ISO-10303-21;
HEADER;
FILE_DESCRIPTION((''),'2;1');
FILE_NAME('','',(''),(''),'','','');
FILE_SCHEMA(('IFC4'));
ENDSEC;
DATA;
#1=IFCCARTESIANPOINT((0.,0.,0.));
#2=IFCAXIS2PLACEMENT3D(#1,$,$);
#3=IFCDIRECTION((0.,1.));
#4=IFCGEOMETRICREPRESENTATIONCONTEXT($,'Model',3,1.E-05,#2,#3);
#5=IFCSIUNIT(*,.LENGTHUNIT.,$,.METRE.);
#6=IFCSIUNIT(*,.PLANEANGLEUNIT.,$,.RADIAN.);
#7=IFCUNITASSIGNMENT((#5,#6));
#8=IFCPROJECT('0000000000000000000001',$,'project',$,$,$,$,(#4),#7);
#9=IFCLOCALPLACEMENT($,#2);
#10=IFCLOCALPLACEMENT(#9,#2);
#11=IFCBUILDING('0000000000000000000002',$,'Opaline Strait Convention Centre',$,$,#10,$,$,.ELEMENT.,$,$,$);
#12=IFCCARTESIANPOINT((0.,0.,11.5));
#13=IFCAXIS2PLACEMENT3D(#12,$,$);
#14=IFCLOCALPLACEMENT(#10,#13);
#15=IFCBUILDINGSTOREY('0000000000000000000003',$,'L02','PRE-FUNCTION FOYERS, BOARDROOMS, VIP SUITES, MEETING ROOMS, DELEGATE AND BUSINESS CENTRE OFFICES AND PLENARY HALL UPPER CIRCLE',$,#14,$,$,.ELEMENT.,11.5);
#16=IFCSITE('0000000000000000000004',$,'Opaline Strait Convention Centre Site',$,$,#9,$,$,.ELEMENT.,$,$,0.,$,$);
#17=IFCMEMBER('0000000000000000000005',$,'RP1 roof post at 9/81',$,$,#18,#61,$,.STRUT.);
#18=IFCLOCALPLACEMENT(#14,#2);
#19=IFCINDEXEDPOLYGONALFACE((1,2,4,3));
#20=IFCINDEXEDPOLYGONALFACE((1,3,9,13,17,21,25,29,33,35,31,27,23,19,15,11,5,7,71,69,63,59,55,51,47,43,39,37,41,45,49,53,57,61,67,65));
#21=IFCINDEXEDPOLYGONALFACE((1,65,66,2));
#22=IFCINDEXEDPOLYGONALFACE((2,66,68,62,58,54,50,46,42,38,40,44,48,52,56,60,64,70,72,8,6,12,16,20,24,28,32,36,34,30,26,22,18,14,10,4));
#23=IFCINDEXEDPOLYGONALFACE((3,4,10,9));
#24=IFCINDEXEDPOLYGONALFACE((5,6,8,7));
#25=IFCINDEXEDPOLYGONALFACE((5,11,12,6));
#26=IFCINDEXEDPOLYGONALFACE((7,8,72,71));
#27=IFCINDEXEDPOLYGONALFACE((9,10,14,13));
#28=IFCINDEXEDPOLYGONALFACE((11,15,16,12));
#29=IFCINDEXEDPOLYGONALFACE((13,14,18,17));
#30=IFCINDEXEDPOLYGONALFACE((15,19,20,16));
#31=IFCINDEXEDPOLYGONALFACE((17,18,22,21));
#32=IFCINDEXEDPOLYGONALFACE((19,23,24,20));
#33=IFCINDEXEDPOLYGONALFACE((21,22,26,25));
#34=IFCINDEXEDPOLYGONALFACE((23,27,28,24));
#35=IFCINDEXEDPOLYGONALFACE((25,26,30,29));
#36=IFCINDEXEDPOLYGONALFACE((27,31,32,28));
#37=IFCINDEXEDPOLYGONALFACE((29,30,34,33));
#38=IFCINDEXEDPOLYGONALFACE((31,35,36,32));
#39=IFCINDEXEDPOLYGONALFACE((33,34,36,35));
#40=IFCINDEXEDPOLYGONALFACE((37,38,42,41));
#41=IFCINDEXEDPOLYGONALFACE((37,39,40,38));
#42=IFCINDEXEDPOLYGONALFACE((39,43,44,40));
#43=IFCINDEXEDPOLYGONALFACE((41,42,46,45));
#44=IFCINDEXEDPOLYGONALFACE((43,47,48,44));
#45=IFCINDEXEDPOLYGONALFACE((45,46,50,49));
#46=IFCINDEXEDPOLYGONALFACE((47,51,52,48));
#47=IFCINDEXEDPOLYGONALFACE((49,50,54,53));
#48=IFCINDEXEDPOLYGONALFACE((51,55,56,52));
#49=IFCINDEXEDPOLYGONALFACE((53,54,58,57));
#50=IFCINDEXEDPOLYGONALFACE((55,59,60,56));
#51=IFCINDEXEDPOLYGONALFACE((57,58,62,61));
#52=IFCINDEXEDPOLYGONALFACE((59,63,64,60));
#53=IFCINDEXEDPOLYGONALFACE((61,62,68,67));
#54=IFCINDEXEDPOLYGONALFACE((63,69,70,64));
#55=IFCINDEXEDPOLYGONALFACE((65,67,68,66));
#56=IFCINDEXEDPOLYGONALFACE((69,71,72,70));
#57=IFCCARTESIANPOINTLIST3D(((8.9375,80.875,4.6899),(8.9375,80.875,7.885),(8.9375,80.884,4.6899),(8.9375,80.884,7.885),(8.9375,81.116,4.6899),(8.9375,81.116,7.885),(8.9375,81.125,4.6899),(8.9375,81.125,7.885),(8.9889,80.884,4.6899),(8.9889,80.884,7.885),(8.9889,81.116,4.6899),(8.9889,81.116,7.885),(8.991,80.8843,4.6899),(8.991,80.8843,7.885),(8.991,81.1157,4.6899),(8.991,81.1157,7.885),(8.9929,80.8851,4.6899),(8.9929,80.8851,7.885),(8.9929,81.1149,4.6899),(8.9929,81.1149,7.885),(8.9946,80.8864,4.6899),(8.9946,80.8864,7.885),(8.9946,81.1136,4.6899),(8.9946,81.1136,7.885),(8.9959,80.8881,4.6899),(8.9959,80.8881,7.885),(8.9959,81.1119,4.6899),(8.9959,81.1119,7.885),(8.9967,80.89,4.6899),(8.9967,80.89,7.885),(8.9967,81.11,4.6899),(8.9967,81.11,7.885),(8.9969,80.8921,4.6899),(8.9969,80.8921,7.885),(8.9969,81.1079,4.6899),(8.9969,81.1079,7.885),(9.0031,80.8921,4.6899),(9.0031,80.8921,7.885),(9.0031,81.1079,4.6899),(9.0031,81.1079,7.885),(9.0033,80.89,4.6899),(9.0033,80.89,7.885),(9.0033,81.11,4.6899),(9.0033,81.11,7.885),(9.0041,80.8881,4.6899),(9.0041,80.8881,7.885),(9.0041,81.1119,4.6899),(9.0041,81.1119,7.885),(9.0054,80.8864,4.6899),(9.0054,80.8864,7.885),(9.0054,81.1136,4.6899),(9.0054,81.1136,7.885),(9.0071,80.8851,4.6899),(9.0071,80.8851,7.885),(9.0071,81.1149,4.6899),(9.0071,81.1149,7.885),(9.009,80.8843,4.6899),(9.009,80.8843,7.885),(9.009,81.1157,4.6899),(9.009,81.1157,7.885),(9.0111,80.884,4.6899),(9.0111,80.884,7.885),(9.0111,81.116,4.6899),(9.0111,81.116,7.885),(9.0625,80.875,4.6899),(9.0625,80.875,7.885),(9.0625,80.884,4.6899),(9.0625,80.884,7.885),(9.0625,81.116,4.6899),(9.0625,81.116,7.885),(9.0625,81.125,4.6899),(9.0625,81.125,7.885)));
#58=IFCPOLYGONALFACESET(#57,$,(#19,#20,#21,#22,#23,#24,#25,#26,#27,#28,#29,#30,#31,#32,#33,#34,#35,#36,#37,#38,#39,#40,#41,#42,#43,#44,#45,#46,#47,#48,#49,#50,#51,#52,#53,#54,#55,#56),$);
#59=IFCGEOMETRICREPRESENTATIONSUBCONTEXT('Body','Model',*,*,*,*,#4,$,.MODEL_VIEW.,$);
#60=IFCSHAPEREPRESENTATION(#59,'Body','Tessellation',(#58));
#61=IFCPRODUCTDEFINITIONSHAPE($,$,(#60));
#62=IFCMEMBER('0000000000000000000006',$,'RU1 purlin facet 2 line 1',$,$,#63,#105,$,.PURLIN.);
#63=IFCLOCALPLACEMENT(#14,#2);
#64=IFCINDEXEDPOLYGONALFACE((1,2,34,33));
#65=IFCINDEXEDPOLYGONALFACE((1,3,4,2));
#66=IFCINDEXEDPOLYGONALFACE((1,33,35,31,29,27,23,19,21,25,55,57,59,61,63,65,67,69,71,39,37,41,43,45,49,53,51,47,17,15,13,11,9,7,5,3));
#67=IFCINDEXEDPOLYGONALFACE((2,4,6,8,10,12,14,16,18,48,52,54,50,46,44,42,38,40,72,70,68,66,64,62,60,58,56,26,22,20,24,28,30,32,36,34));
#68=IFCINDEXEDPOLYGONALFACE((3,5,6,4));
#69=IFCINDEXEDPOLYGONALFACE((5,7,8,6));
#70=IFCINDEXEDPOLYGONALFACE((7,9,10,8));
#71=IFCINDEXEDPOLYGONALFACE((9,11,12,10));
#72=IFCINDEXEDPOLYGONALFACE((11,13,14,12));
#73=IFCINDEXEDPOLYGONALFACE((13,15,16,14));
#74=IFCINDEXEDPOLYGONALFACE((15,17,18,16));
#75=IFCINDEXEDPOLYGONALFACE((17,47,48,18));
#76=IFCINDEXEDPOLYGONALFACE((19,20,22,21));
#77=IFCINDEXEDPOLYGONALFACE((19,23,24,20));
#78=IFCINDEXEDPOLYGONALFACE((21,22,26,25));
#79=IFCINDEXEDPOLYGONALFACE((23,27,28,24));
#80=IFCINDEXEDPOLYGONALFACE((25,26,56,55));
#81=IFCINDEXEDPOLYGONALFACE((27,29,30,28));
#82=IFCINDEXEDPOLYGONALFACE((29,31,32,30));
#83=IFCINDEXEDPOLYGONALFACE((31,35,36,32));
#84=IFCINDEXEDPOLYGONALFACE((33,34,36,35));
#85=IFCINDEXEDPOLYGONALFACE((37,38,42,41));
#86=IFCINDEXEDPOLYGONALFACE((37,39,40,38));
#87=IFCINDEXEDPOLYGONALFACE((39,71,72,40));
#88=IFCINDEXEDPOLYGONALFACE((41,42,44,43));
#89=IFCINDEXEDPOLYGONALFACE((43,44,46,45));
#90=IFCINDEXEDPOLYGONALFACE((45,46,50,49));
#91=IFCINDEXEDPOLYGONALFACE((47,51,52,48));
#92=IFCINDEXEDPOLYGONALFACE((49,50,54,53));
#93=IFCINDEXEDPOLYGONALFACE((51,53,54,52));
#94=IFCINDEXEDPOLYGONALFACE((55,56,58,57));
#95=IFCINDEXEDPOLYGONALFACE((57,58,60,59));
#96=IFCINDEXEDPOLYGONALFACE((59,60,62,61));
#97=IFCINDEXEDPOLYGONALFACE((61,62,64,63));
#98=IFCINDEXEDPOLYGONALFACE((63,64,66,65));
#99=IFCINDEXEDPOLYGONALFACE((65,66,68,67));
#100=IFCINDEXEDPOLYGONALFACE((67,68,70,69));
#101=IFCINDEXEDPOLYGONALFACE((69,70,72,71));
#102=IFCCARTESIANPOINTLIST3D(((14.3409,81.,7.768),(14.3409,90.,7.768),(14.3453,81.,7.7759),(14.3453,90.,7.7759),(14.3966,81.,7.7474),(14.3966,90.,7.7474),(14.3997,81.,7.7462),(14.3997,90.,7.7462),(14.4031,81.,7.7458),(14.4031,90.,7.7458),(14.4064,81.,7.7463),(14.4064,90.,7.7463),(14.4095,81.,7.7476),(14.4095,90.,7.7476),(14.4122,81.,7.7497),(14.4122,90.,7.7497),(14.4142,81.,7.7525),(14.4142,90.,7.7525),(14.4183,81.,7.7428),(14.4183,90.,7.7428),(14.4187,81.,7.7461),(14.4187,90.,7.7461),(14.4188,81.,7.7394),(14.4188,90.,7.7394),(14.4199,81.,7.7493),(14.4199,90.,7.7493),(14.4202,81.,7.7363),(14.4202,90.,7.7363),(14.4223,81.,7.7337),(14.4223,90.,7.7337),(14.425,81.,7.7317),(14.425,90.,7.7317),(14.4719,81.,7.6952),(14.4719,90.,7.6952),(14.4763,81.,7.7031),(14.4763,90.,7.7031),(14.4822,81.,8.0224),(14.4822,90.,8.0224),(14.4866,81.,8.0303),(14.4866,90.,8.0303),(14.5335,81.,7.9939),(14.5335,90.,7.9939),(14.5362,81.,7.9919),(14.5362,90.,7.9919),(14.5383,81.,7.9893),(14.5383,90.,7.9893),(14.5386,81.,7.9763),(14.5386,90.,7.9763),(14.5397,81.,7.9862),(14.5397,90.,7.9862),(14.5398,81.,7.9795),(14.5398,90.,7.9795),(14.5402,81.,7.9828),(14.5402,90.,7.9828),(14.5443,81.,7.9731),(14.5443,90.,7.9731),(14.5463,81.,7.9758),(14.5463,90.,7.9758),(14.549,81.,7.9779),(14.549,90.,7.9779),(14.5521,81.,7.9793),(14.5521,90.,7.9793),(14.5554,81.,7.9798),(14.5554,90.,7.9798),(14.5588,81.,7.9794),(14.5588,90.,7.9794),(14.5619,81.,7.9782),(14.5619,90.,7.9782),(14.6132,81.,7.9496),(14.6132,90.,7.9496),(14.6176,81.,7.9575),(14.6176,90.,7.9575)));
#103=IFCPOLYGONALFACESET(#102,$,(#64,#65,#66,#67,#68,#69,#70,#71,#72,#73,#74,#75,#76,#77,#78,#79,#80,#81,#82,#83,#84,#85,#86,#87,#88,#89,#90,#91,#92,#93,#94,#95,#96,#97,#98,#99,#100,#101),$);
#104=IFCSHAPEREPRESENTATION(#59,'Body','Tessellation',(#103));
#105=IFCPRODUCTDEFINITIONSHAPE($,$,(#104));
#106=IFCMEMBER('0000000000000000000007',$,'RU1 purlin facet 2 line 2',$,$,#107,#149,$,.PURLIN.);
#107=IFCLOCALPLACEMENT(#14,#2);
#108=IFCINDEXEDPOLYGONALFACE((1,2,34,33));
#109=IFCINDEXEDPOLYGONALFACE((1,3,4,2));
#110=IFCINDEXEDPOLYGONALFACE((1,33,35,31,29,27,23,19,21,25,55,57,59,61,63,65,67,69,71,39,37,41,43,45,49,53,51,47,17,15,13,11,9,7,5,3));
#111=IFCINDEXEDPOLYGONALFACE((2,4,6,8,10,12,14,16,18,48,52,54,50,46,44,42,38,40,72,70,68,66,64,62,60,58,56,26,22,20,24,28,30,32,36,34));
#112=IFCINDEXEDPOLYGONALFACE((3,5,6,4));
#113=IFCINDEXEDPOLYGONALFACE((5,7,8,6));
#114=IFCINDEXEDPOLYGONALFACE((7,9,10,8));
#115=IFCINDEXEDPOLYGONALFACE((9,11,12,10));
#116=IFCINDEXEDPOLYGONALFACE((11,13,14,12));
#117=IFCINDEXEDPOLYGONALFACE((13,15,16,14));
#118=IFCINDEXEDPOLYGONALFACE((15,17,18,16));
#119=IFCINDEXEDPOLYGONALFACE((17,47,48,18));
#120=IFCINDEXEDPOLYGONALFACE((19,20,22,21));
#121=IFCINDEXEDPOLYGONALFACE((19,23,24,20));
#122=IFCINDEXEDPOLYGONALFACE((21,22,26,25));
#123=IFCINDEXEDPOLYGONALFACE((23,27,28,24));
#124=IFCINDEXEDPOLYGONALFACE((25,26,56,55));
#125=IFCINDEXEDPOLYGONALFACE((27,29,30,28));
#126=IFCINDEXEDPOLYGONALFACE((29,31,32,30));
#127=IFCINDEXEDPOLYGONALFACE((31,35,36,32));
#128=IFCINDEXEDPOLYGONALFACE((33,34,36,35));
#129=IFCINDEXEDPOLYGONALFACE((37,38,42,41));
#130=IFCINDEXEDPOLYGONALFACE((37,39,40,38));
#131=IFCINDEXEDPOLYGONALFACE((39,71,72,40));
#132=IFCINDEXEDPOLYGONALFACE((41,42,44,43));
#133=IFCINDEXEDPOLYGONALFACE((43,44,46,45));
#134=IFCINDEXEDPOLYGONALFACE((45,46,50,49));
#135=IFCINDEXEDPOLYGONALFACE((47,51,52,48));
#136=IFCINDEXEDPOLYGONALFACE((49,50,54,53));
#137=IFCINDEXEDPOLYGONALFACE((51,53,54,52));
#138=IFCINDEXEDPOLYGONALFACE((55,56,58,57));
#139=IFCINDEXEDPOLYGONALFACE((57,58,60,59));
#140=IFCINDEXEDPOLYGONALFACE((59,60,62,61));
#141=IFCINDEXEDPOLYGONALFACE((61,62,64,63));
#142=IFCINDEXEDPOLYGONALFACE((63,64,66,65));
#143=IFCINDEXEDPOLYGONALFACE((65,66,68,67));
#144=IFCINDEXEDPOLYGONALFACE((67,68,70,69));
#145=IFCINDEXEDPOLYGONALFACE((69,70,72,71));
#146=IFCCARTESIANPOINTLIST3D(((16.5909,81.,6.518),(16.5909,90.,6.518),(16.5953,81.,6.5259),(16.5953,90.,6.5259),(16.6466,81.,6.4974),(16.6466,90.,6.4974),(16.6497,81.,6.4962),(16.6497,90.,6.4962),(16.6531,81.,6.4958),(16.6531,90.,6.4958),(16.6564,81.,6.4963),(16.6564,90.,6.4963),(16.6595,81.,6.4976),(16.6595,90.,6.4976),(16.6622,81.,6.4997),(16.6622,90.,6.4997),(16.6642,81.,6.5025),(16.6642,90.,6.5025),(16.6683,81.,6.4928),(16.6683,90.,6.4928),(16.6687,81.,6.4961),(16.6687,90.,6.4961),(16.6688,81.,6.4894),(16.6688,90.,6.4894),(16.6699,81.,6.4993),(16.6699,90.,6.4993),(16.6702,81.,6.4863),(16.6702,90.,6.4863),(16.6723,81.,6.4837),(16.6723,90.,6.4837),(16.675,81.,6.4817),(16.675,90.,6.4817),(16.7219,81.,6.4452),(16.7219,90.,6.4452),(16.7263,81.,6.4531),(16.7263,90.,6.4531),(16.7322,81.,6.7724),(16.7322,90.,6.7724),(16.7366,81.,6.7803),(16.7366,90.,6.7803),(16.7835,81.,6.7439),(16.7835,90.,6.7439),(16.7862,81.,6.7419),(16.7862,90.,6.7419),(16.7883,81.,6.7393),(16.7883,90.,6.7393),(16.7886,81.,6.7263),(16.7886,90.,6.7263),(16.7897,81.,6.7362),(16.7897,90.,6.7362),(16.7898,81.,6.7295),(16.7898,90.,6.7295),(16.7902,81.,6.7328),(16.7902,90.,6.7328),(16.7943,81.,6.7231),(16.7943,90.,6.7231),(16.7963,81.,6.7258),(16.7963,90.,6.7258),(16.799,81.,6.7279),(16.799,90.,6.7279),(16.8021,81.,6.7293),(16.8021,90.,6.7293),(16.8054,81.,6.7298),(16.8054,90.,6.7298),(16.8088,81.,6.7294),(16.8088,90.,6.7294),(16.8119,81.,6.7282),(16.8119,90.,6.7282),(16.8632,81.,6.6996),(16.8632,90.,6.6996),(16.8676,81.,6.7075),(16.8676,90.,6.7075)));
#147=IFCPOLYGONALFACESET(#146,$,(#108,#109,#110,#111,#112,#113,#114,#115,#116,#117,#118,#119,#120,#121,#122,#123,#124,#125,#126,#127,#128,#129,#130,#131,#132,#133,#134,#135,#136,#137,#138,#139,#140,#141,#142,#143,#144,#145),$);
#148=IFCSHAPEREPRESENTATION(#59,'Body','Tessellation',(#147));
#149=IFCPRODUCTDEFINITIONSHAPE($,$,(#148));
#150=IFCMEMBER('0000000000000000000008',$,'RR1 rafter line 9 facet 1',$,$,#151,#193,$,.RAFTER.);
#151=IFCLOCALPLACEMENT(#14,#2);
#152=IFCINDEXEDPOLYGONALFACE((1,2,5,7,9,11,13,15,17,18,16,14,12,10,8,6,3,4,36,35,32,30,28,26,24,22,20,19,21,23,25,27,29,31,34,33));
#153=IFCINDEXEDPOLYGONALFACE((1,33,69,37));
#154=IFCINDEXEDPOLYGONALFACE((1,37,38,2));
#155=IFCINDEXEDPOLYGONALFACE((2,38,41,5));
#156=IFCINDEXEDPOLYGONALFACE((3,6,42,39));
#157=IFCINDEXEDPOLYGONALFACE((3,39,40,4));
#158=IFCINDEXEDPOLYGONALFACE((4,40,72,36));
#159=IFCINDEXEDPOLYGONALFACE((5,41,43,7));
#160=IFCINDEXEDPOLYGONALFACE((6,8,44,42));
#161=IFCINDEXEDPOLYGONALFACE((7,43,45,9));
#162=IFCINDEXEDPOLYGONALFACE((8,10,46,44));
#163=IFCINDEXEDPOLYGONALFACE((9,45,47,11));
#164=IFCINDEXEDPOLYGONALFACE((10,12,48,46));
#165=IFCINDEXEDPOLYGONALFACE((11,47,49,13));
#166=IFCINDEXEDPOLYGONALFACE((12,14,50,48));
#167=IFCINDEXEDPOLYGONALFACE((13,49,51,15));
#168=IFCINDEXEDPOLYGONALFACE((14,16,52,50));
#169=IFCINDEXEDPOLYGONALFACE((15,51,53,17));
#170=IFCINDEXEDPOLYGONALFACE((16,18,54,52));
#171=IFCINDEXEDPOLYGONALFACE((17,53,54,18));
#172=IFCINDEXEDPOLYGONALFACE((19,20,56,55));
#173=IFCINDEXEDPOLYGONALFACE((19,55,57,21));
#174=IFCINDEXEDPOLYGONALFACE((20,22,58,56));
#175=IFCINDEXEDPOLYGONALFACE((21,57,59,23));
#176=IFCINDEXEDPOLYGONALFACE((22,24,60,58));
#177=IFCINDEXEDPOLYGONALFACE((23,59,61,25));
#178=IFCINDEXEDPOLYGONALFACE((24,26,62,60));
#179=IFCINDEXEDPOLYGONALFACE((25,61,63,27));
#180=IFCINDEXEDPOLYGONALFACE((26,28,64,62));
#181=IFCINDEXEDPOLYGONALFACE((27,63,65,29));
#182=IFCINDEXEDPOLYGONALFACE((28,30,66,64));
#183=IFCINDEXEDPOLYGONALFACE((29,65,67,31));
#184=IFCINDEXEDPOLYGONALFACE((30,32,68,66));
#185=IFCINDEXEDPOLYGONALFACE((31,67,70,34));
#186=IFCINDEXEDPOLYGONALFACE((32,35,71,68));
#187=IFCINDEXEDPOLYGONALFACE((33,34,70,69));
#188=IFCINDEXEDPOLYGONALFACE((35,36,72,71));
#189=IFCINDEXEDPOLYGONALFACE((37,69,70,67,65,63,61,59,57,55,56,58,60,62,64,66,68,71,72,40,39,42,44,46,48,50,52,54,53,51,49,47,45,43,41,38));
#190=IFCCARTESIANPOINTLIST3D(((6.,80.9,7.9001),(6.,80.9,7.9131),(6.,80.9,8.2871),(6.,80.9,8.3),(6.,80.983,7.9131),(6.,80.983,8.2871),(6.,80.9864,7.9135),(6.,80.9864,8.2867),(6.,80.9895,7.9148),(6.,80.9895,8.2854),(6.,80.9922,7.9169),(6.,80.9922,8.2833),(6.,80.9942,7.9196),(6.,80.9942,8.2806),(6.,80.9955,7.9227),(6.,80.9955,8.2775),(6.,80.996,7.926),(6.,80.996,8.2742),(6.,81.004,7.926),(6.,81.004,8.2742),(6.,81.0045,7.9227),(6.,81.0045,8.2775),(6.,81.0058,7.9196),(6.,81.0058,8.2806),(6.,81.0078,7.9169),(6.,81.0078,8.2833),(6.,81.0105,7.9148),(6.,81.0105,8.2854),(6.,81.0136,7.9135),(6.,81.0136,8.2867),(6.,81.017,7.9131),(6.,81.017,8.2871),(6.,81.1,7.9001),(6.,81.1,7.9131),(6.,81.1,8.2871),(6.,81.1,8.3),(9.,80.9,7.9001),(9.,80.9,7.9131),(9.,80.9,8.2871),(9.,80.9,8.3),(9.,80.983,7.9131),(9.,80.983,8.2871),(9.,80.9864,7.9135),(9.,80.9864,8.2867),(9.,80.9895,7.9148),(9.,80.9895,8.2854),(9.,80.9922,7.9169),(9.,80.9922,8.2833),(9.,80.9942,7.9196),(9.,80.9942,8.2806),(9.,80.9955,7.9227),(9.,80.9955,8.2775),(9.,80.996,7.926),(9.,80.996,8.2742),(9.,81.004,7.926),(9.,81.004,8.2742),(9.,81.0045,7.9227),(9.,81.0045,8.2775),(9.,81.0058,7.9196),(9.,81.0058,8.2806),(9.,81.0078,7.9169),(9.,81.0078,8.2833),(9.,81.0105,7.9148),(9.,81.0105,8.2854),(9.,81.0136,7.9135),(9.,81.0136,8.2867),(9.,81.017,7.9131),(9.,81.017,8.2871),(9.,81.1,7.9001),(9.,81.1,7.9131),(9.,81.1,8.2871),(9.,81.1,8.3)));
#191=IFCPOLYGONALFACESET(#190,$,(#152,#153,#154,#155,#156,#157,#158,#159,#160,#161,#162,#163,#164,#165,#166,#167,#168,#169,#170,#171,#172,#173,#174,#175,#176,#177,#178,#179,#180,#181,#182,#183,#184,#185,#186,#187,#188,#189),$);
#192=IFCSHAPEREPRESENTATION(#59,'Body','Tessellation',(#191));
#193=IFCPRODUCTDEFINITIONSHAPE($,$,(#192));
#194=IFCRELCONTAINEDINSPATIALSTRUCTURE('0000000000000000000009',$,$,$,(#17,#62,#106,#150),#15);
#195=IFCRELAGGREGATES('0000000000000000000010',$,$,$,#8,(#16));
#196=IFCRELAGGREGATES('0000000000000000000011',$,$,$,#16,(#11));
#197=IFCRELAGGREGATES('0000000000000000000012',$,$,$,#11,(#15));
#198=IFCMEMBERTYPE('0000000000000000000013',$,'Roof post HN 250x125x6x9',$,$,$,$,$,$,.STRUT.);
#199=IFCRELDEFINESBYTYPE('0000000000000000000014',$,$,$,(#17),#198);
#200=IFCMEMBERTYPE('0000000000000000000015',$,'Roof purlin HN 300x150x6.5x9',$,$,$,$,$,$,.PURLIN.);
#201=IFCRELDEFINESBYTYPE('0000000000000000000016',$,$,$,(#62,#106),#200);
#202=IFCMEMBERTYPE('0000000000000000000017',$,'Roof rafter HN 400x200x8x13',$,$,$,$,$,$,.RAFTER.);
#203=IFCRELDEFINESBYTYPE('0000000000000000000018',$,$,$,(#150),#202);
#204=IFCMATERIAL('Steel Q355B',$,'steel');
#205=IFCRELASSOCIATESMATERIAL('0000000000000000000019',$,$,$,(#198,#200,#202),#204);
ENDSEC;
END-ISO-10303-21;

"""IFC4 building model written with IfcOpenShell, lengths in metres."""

from ifc_helpers import new_model, si_unit, direction, frame, origin, origin_2d, place, context, subcontext, project, spatial, i_section, extrude, material, material_profile, profile_set, type_object, element, save


model = new_model("IFC4")

# Units and contexts
model_context = context("Model", 3, precision=1e-05, world=origin(), true_north=direction((0.0, 1.0)))
body_context = subcontext(model_context, "Body", "Model", "MODEL_VIEW")
ifc_project = project(units=[si_unit("LENGTHUNIT", "METRE"), si_unit("PLANEANGLEUNIT", "RADIAN")], contexts=[model_context])

# Site, building, storey
site_placement = place(None, origin())
site = spatial("IfcSite", under=ifc_project, at=site_placement, Name="Opaline Strait Convention Centre Site", CompositionType="ELEMENT", RefElevation=0.0)
building_placement = place(site_placement, origin())
building = spatial("IfcBuilding", under=site, at=building_placement, Name="Opaline Strait Convention Centre", CompositionType="ELEMENT")
storey_placement = place(building_placement, frame((0.0, 0.0, 11.5)))
storey = spatial("IfcBuildingStorey", under=building, at=storey_placement, Name="L02", Description="PRE-FUNCTION FOYERS, BOARDROOMS, VIP SUITES, MEETING ROOMS, DELEGATE AND BUSINESS CENTRE OFFICES AND PLENARY HALL UPPER CIRCLE", CompositionType="ELEMENT", Elevation=11.5)

# Shared definitions
ifc_material_1 = material(Name="Steel Q355B", Category="steel")

# Members
ifc_material_profile_1 = material_profile(ifc_material_1, i_section(OverallWidth=0.125, OverallDepth=0.25, WebThickness=0.0061, FlangeThickness=0.009, FilletRadius=0.0081, at=origin_2d()), Name="HN 250x125x6x9")
ifc_profile_set_1 = profile_set([ifc_material_profile_1], Name="Steel Q355B")
member_type_1 = type_object("IfcMemberType", Name="Roof post HN 250x125x6x9", PredefinedType="STRUT", material=ifc_profile_set_1)
member_1_placement = place(storey_placement, frame((9.0, 81.0, 4.6899), z_axis=(0.0, 0.0, 1.0), x_axis=(1.0, 0.0, 0.0)))
element("IfcMember", 1, at=member_1_placement, inside=storey, type_object=member_type_1, Name="RP1 roof post at 9/81", PredefinedType="STRUT", context=body_context, shape_type="SweptSolid", body=[
    extrude(i_section(OverallWidth=0.125, OverallDepth=0.25, WebThickness=0.0061, FlangeThickness=0.009, FilletRadius=0.0081, at=origin_2d()), origin(), (0.0, 0.0, 1.0), 3.1951),
])
ifc_material_profile_2 = material_profile(ifc_material_1, i_section(OverallWidth=0.1499, OverallDepth=0.3, WebThickness=0.0066, FlangeThickness=0.009, FilletRadius=0.0129, at=origin_2d()), Name="HN 300x150x6.5x9")
ifc_profile_set_2 = profile_set([ifc_material_profile_2], Name="Steel Q355B")
member_type_2 = type_object("IfcMemberType", Name="Roof purlin HN 300x150x6.5x9", PredefinedType="PURLIN", material=ifc_profile_set_2)
for number, where, z_axis, x_axis, name in (
    (2, (14.4792, 81.0, 7.8628), (0.0, 1.0, 0.0), (-0.874157, 0.0, 0.485643), "RU1 purlin facet 2 line 1"),
    (3, (16.7292, 81.0, 6.6128), (0.0, 1.0, 0.0), (-0.874157, 0.0, 0.485643), "RU1 purlin facet 2 line 2"),
):
    element("IfcMember", number, at=place(storey_placement, frame(where, z_axis=z_axis, x_axis=x_axis)), inside=storey, type_object=member_type_2, Name=name, PredefinedType="PURLIN", context=body_context, shape_type="SweptSolid", body=[
        extrude(i_section(OverallWidth=0.1499, OverallDepth=0.3, WebThickness=0.0066, FlangeThickness=0.009, FilletRadius=0.0129, at=origin_2d()), origin(), (0.0, 0.0, 1.0), 9.0),
    ])
ifc_material_profile_3 = material_profile(ifc_material_1, i_section(OverallWidth=0.2, OverallDepth=0.3999, WebThickness=0.0081, FlangeThickness=0.0129, FilletRadius=0.0129, at=origin_2d()), Name="HN 400x200x8x13")
ifc_profile_set_3 = profile_set([ifc_material_profile_3], Name="Steel Q355B")
member_type_3 = type_object("IfcMemberType", Name="Roof rafter HN 400x200x8x13", PredefinedType="RAFTER", material=ifc_profile_set_3)
member_2_placement = place(storey_placement, frame((6.0, 81.0, 8.1001), z_axis=(1.0, 0.0, 0.0), x_axis=(0.0, 1.0, 0.0)))
element("IfcMember", 4, at=member_2_placement, inside=storey, type_object=member_type_3, Name="RR1 rafter line 9 facet 1", PredefinedType="RAFTER", context=body_context, shape_type="SweptSolid", body=[
    extrude(i_section(OverallWidth=0.2, OverallDepth=0.3999, WebThickness=0.0081, FlangeThickness=0.0129, FilletRadius=0.0129, at=origin_2d()), origin(), (0.0, 0.0, 1.0), 3.0),
])

save(model, "model.ifc")
